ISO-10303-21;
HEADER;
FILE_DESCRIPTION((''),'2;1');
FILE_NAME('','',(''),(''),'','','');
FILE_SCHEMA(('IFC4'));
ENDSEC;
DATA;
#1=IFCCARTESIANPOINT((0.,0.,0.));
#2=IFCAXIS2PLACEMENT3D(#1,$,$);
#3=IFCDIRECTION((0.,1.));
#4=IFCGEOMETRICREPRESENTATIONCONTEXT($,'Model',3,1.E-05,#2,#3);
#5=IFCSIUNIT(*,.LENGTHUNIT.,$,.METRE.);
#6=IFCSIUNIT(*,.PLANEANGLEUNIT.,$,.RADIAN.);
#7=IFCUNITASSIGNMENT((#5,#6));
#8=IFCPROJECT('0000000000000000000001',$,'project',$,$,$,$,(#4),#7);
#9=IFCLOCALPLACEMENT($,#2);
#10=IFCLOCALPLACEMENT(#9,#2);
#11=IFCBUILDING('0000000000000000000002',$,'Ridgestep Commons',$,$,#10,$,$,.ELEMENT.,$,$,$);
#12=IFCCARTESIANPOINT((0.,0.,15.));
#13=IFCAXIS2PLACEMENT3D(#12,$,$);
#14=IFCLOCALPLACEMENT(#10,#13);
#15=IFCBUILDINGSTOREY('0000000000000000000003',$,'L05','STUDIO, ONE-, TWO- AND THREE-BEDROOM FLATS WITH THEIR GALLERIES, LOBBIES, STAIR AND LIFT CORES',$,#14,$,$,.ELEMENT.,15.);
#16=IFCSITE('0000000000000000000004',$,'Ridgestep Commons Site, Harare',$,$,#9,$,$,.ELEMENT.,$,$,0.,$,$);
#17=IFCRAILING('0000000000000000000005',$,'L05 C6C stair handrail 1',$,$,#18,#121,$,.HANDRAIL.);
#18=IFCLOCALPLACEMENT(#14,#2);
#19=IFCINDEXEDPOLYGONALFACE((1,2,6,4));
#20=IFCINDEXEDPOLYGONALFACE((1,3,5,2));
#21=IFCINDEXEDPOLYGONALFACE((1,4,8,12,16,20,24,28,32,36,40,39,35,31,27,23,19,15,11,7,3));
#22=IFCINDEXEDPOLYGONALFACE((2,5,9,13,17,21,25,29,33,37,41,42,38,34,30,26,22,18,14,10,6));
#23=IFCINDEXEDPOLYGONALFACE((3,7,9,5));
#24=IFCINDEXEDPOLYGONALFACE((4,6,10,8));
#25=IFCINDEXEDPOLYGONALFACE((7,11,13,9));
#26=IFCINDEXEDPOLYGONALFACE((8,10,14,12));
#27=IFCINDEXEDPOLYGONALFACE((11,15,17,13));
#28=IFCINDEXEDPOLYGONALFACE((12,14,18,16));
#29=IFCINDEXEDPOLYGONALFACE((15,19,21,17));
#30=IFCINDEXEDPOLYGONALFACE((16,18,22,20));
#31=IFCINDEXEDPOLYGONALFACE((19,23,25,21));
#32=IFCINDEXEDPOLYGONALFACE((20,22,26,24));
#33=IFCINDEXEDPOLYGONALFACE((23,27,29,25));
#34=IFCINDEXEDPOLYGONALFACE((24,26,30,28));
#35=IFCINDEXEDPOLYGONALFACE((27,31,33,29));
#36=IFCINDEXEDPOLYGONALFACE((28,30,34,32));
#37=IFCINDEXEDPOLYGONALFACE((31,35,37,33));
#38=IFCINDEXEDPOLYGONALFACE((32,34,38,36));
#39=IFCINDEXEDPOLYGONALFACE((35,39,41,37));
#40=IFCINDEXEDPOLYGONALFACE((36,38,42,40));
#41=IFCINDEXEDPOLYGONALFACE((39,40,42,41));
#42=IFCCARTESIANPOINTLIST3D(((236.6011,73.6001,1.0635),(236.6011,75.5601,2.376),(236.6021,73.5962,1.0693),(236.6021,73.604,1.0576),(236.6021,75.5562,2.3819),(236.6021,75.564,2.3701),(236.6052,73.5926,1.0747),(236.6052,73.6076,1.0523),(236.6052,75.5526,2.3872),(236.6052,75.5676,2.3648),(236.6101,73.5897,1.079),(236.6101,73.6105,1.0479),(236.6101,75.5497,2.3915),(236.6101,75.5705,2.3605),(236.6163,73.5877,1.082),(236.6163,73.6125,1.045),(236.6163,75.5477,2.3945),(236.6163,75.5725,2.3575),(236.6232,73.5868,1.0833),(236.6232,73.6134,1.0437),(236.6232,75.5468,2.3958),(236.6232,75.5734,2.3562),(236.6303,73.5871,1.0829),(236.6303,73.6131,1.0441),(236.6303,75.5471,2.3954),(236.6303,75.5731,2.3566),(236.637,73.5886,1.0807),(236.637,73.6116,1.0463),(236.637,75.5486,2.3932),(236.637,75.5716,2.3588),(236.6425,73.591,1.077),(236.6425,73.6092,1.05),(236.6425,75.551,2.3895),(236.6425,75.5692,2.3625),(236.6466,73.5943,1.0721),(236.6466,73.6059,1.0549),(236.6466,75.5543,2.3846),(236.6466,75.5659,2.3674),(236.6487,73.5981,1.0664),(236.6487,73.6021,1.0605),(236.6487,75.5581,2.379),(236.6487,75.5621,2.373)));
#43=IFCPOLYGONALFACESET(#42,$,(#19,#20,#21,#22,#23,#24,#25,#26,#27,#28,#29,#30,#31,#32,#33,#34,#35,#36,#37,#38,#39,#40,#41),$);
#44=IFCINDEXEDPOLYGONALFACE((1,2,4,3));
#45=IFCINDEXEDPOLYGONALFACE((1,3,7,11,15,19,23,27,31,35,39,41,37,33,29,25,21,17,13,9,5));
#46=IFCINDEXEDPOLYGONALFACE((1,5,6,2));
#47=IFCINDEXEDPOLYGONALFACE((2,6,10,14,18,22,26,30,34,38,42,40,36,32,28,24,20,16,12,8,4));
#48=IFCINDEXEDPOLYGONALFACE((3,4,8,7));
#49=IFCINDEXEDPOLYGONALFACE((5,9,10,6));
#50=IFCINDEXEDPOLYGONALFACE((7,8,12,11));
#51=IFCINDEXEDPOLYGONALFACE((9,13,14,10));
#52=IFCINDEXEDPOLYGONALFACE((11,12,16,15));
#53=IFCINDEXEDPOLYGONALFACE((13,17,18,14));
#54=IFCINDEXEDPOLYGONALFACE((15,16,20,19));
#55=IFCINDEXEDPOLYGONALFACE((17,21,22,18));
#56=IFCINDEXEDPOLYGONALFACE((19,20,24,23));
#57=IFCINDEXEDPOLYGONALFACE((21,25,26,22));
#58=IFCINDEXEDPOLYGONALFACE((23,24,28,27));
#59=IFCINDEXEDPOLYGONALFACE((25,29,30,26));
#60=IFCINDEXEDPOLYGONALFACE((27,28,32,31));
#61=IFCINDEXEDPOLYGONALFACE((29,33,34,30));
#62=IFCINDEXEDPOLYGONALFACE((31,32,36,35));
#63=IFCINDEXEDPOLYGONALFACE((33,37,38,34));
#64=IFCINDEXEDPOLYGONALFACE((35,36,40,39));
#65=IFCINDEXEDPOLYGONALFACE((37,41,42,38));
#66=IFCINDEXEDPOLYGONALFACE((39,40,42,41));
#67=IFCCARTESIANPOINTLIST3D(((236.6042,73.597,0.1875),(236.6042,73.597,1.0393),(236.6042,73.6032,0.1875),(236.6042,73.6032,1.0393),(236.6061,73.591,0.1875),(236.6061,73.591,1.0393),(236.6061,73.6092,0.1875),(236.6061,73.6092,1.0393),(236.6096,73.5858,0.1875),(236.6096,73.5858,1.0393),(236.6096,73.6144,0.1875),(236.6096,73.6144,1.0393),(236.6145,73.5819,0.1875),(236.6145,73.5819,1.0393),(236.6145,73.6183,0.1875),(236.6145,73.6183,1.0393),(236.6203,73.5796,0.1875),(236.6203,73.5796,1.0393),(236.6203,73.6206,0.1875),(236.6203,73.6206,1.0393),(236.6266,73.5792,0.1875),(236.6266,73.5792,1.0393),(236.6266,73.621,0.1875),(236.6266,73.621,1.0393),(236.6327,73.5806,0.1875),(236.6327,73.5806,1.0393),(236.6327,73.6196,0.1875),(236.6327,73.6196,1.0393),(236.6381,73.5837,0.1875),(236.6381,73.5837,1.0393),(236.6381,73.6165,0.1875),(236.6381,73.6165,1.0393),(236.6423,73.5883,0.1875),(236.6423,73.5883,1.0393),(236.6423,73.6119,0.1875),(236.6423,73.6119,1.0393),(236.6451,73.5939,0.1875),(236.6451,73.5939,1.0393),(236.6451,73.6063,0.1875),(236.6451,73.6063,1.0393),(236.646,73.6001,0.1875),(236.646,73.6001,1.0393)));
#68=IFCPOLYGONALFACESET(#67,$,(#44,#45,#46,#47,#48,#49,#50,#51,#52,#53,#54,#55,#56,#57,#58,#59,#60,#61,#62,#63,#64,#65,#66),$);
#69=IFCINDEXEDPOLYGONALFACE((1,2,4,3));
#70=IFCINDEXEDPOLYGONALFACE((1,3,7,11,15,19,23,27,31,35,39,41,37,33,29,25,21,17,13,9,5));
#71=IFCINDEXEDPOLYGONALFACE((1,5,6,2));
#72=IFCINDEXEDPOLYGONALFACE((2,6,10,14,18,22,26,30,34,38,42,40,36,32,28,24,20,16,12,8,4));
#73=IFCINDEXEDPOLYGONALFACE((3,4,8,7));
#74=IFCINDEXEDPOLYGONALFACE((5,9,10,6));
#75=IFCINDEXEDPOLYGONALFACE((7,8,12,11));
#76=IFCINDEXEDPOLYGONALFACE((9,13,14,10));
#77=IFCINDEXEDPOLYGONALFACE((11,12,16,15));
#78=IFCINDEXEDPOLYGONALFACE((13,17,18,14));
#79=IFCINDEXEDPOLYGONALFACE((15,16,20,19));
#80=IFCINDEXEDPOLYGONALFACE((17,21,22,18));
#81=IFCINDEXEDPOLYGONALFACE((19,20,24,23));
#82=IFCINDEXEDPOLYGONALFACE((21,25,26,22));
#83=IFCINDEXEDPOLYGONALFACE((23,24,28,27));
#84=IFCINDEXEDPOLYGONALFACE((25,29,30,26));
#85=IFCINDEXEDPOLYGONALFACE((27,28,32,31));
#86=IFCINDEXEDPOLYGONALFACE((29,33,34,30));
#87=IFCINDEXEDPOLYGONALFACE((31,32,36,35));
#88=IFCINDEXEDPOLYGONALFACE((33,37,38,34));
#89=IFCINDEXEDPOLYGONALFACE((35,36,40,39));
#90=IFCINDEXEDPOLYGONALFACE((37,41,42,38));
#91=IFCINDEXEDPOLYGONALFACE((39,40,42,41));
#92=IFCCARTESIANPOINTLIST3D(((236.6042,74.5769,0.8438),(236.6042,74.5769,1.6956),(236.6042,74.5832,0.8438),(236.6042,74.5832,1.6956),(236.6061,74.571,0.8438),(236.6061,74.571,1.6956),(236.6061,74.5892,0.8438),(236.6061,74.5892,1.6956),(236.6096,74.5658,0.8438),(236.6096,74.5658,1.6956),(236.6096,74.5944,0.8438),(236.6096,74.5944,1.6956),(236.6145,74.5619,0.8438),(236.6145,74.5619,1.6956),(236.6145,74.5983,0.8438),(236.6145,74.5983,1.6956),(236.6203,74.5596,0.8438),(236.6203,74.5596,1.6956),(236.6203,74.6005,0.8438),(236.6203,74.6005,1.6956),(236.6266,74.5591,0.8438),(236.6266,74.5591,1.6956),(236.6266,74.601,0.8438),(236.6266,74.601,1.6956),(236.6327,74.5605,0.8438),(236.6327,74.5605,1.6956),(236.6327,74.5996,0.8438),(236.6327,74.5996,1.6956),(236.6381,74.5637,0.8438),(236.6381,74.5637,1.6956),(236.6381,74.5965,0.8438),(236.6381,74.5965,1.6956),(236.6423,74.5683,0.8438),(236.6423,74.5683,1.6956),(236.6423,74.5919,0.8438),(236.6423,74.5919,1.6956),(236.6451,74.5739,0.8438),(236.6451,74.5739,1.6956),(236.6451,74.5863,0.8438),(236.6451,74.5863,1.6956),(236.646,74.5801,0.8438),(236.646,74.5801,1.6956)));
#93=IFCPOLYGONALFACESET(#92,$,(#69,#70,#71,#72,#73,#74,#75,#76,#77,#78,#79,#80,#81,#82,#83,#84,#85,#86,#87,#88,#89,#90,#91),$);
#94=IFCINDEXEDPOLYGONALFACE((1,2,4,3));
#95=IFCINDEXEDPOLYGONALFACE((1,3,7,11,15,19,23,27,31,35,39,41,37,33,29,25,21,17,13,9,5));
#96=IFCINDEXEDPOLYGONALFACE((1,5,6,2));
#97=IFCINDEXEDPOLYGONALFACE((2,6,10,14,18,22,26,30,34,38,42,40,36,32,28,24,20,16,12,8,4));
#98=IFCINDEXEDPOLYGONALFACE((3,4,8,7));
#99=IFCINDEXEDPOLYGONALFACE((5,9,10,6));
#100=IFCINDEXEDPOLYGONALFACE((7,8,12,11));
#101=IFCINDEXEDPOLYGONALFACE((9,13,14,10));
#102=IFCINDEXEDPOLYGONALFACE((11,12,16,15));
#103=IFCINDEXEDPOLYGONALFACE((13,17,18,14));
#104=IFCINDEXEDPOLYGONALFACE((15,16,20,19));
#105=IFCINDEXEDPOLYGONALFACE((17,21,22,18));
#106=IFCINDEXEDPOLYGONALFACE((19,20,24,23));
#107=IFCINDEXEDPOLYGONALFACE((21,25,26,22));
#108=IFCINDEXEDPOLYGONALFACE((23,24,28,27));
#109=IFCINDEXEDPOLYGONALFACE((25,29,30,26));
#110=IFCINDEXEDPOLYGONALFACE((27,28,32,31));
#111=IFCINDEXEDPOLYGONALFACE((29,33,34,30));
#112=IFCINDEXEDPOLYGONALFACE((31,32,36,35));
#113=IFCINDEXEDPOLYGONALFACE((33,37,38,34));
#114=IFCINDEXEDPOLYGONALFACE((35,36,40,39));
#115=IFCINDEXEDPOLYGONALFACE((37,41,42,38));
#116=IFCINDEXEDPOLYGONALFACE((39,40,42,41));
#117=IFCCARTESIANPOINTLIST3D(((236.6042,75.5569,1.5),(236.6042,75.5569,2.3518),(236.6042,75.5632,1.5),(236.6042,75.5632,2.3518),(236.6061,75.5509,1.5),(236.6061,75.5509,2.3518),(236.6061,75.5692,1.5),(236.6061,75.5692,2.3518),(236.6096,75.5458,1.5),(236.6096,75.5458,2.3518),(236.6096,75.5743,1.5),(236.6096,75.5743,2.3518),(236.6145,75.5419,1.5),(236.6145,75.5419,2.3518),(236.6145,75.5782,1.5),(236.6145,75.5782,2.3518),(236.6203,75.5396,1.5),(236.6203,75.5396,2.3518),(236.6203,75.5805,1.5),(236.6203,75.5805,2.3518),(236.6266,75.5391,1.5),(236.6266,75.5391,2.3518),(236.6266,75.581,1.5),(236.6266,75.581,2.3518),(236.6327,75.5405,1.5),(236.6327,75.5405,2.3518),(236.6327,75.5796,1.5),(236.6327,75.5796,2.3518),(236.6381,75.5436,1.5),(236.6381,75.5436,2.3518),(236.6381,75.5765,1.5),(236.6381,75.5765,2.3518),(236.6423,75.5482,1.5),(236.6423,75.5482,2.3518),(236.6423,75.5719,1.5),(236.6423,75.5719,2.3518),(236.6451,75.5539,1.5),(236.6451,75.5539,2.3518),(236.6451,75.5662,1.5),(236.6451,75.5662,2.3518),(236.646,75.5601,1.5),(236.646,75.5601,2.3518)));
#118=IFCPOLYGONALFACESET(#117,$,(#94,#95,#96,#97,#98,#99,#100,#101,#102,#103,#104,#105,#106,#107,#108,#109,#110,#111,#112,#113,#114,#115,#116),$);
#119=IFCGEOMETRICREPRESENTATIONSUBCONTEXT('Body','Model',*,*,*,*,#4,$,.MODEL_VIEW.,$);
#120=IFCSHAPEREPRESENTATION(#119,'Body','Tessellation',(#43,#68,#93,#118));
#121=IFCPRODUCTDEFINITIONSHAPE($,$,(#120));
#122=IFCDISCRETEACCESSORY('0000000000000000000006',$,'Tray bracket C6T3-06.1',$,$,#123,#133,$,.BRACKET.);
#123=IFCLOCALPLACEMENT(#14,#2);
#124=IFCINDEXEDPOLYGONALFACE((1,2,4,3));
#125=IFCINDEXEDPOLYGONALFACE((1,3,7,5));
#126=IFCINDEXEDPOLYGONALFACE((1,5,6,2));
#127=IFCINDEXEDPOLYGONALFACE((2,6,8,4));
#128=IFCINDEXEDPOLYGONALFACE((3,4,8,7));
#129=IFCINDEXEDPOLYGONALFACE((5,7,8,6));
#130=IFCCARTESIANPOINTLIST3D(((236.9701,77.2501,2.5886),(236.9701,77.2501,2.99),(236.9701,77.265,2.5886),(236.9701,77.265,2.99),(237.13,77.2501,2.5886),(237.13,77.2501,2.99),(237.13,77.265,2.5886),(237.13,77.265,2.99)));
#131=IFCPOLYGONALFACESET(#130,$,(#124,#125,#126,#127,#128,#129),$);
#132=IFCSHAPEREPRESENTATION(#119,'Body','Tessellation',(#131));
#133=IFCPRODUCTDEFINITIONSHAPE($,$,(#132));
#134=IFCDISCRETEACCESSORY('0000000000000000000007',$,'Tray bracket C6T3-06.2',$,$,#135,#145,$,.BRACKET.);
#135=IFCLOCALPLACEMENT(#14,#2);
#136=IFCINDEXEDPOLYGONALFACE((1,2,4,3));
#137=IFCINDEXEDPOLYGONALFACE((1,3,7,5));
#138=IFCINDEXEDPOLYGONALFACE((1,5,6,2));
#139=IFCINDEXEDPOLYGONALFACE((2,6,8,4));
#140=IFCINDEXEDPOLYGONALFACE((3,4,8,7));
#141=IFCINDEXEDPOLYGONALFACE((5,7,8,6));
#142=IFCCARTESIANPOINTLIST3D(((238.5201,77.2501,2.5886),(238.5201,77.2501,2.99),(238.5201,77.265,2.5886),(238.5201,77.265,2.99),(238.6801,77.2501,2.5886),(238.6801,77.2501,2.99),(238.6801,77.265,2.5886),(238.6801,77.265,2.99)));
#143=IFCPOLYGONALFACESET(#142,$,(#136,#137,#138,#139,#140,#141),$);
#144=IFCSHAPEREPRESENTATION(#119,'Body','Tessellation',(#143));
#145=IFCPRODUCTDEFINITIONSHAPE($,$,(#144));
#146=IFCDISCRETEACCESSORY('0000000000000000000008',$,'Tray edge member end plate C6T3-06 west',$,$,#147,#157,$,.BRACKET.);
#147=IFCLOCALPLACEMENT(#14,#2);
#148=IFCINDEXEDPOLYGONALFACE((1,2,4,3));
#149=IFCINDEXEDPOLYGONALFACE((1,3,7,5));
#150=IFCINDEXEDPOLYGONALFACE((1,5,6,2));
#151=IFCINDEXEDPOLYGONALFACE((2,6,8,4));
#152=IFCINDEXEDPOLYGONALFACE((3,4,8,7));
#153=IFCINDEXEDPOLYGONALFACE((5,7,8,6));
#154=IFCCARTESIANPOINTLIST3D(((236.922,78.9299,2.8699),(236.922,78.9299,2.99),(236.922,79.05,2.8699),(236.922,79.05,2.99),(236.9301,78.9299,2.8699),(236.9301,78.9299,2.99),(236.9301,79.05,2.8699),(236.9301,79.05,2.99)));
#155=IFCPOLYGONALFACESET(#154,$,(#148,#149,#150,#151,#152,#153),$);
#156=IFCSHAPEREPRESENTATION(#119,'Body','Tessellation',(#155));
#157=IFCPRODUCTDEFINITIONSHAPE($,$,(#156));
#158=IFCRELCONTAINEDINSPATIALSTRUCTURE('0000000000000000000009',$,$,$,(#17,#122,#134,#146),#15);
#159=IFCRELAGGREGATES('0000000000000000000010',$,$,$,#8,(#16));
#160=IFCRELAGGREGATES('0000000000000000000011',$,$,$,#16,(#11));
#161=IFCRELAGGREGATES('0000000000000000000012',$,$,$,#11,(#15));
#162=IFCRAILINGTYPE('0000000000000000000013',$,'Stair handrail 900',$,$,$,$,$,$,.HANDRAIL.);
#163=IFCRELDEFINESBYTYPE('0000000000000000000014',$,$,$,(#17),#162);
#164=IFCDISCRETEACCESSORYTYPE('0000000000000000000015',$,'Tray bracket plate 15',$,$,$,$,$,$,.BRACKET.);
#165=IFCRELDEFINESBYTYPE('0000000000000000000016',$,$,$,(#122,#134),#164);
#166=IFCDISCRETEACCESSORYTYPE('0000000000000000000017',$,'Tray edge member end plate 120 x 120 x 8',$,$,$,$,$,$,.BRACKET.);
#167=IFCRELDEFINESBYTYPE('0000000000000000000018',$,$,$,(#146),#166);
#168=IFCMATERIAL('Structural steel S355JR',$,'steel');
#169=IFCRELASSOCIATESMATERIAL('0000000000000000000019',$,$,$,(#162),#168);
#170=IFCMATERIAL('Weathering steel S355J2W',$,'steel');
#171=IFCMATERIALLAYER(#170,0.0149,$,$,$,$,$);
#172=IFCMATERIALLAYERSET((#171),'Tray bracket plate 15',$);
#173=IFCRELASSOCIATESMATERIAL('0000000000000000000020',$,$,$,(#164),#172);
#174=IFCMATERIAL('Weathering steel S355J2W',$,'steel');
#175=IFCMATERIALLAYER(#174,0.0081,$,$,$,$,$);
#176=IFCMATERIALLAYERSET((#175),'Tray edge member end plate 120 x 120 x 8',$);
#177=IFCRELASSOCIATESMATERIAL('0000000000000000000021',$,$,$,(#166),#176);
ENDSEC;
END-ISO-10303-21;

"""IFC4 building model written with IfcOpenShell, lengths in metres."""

from ifc_helpers import new_model, si_unit, direction, frame, origin, origin_2d, place, context, subcontext, project, spatial, rectangle, circle, extrude, material, layer, layer_set, type_object, element, save


model = new_model("IFC4")

# Units and contexts
model_context = context("Model", 3, precision=1e-05, world=origin(), true_north=direction((0.0, 1.0)))
body_context = subcontext(model_context, "Body", "Model", "MODEL_VIEW")
ifc_project = project(units=[si_unit("LENGTHUNIT", "METRE"), si_unit("PLANEANGLEUNIT", "RADIAN")], contexts=[model_context])

# Site, building, storey
site_placement = place(None, origin())
site = spatial("IfcSite", under=ifc_project, at=site_placement, Name="Ridgestep Commons Site, Harare", CompositionType="ELEMENT", RefElevation=0.0)
building_placement = place(site_placement, origin())
building = spatial("IfcBuilding", under=site, at=building_placement, Name="Ridgestep Commons", CompositionType="ELEMENT")
storey_placement = place(building_placement, frame((0.0, 0.0, 15.0)))
storey = spatial("IfcBuildingStorey", under=building, at=storey_placement, Name="L05", Description="STUDIO, ONE-, TWO- AND THREE-BEDROOM FLATS WITH THEIR GALLERIES, LOBBIES, STAIR AND LIFT CORES", CompositionType="ELEMENT", Elevation=15.0)

# Railing
ifc_material_1 = material(Name="Structural steel S355JR", Category="steel")
railing_type_1 = type_object("IfcRailingType", Name="Stair handrail 900", PredefinedType="HANDRAIL", material=ifc_material_1)
railing_1_placement = place(storey_placement, frame((236.625, 73.6001, 0.1875)))
element("IfcRailing", 1, at=railing_1_placement, inside=storey, type_object=railing_type_1, Name="L05 C6C stair handrail 1", PredefinedType="HANDRAIL", context=body_context, shape_type="SweptSolid", body=[
    extrude(circle(Radius=0.0239, at=origin_2d()), frame((0.0, 0.0, 0.876), z_axis=(0.0, 0.830902, 0.556419), x_axis=(-1.0, 0.0, 0.0)), (0.0, 0.0, 1.0), 2.3589),
    extrude(circle(Radius=0.021, at=origin_2d()), origin(), (0.0, 0.0, 1.0), 0.8518),
    extrude(circle(Radius=0.021, at=origin_2d()), frame((0.0, 0.98, 0.6562)), (0.0, 0.0, 1.0), 0.8518),
    extrude(circle(Radius=0.021, at=origin_2d()), frame((0.0, 1.96, 1.3125)), (0.0, 0.0, 1.0), 0.8518),
])

# Discrete accessories
ifc_material_2 = material(Name="Weathering steel S355J2W", Category="steel")
ifc_layer_1 = layer(ifc_material_2, 0.0149)
ifc_layer_set_1 = layer_set([ifc_layer_1], Name="Tray bracket plate 15")
discrete_accessory_type_1 = type_object("IfcDiscreteAccessoryType", Name="Tray bracket plate 15", PredefinedType="BRACKET", material=ifc_layer_set_1)
for number, where, z_axis, x_axis, name in (
    (2, (237.05, 77.2576, 2.5886), (0.0, 0.0, 1.0), (1.0, 0.0, 0.0), "Tray bracket C6T3-06.1"),
    (3, (238.6001, 77.2576, 2.5886), (0.0, 0.0, 1.0), (1.0, 0.0, 0.0), "Tray bracket C6T3-06.2"),
):
    element("IfcDiscreteAccessory", number, at=place(storey_placement, frame(where, z_axis=z_axis, x_axis=x_axis)), inside=storey, type_object=discrete_accessory_type_1, Name=name, PredefinedType="BRACKET", context=body_context, shape_type="SweptSolid", body=[
        extrude(rectangle(XDim=0.1599, YDim=0.0149, at=origin_2d()), origin(), (0.0, 0.0, 1.0), 0.4014),
    ])
ifc_material_3 = material(Name="Weathering steel S355J2W", Category="steel")
ifc_layer_2 = layer(ifc_material_3, 0.0081)
ifc_layer_set_2 = layer_set([ifc_layer_2], Name="Tray edge member end plate 120 x 120 x 8")
discrete_accessory_type_2 = type_object("IfcDiscreteAccessoryType", Name="Tray edge member end plate 120 x 120 x 8", PredefinedType="BRACKET", material=ifc_layer_set_2)
discrete_accessory_placement = place(storey_placement, frame((236.926, 78.99, 2.8699), z_axis=(0.0, 0.0, 1.0), x_axis=(1.0, 0.0, 0.0)))
element("IfcDiscreteAccessory", 4, at=discrete_accessory_placement, inside=storey, type_object=discrete_accessory_type_2, Name="Tray edge member end plate C6T3-06 west", PredefinedType="BRACKET", context=body_context, shape_type="SweptSolid", body=[
    extrude(rectangle(XDim=0.0081, YDim=0.1201, at=origin_2d()), origin(), (0.0, 0.0, 1.0), 0.1201),
])

save(model, "model.ifc")
